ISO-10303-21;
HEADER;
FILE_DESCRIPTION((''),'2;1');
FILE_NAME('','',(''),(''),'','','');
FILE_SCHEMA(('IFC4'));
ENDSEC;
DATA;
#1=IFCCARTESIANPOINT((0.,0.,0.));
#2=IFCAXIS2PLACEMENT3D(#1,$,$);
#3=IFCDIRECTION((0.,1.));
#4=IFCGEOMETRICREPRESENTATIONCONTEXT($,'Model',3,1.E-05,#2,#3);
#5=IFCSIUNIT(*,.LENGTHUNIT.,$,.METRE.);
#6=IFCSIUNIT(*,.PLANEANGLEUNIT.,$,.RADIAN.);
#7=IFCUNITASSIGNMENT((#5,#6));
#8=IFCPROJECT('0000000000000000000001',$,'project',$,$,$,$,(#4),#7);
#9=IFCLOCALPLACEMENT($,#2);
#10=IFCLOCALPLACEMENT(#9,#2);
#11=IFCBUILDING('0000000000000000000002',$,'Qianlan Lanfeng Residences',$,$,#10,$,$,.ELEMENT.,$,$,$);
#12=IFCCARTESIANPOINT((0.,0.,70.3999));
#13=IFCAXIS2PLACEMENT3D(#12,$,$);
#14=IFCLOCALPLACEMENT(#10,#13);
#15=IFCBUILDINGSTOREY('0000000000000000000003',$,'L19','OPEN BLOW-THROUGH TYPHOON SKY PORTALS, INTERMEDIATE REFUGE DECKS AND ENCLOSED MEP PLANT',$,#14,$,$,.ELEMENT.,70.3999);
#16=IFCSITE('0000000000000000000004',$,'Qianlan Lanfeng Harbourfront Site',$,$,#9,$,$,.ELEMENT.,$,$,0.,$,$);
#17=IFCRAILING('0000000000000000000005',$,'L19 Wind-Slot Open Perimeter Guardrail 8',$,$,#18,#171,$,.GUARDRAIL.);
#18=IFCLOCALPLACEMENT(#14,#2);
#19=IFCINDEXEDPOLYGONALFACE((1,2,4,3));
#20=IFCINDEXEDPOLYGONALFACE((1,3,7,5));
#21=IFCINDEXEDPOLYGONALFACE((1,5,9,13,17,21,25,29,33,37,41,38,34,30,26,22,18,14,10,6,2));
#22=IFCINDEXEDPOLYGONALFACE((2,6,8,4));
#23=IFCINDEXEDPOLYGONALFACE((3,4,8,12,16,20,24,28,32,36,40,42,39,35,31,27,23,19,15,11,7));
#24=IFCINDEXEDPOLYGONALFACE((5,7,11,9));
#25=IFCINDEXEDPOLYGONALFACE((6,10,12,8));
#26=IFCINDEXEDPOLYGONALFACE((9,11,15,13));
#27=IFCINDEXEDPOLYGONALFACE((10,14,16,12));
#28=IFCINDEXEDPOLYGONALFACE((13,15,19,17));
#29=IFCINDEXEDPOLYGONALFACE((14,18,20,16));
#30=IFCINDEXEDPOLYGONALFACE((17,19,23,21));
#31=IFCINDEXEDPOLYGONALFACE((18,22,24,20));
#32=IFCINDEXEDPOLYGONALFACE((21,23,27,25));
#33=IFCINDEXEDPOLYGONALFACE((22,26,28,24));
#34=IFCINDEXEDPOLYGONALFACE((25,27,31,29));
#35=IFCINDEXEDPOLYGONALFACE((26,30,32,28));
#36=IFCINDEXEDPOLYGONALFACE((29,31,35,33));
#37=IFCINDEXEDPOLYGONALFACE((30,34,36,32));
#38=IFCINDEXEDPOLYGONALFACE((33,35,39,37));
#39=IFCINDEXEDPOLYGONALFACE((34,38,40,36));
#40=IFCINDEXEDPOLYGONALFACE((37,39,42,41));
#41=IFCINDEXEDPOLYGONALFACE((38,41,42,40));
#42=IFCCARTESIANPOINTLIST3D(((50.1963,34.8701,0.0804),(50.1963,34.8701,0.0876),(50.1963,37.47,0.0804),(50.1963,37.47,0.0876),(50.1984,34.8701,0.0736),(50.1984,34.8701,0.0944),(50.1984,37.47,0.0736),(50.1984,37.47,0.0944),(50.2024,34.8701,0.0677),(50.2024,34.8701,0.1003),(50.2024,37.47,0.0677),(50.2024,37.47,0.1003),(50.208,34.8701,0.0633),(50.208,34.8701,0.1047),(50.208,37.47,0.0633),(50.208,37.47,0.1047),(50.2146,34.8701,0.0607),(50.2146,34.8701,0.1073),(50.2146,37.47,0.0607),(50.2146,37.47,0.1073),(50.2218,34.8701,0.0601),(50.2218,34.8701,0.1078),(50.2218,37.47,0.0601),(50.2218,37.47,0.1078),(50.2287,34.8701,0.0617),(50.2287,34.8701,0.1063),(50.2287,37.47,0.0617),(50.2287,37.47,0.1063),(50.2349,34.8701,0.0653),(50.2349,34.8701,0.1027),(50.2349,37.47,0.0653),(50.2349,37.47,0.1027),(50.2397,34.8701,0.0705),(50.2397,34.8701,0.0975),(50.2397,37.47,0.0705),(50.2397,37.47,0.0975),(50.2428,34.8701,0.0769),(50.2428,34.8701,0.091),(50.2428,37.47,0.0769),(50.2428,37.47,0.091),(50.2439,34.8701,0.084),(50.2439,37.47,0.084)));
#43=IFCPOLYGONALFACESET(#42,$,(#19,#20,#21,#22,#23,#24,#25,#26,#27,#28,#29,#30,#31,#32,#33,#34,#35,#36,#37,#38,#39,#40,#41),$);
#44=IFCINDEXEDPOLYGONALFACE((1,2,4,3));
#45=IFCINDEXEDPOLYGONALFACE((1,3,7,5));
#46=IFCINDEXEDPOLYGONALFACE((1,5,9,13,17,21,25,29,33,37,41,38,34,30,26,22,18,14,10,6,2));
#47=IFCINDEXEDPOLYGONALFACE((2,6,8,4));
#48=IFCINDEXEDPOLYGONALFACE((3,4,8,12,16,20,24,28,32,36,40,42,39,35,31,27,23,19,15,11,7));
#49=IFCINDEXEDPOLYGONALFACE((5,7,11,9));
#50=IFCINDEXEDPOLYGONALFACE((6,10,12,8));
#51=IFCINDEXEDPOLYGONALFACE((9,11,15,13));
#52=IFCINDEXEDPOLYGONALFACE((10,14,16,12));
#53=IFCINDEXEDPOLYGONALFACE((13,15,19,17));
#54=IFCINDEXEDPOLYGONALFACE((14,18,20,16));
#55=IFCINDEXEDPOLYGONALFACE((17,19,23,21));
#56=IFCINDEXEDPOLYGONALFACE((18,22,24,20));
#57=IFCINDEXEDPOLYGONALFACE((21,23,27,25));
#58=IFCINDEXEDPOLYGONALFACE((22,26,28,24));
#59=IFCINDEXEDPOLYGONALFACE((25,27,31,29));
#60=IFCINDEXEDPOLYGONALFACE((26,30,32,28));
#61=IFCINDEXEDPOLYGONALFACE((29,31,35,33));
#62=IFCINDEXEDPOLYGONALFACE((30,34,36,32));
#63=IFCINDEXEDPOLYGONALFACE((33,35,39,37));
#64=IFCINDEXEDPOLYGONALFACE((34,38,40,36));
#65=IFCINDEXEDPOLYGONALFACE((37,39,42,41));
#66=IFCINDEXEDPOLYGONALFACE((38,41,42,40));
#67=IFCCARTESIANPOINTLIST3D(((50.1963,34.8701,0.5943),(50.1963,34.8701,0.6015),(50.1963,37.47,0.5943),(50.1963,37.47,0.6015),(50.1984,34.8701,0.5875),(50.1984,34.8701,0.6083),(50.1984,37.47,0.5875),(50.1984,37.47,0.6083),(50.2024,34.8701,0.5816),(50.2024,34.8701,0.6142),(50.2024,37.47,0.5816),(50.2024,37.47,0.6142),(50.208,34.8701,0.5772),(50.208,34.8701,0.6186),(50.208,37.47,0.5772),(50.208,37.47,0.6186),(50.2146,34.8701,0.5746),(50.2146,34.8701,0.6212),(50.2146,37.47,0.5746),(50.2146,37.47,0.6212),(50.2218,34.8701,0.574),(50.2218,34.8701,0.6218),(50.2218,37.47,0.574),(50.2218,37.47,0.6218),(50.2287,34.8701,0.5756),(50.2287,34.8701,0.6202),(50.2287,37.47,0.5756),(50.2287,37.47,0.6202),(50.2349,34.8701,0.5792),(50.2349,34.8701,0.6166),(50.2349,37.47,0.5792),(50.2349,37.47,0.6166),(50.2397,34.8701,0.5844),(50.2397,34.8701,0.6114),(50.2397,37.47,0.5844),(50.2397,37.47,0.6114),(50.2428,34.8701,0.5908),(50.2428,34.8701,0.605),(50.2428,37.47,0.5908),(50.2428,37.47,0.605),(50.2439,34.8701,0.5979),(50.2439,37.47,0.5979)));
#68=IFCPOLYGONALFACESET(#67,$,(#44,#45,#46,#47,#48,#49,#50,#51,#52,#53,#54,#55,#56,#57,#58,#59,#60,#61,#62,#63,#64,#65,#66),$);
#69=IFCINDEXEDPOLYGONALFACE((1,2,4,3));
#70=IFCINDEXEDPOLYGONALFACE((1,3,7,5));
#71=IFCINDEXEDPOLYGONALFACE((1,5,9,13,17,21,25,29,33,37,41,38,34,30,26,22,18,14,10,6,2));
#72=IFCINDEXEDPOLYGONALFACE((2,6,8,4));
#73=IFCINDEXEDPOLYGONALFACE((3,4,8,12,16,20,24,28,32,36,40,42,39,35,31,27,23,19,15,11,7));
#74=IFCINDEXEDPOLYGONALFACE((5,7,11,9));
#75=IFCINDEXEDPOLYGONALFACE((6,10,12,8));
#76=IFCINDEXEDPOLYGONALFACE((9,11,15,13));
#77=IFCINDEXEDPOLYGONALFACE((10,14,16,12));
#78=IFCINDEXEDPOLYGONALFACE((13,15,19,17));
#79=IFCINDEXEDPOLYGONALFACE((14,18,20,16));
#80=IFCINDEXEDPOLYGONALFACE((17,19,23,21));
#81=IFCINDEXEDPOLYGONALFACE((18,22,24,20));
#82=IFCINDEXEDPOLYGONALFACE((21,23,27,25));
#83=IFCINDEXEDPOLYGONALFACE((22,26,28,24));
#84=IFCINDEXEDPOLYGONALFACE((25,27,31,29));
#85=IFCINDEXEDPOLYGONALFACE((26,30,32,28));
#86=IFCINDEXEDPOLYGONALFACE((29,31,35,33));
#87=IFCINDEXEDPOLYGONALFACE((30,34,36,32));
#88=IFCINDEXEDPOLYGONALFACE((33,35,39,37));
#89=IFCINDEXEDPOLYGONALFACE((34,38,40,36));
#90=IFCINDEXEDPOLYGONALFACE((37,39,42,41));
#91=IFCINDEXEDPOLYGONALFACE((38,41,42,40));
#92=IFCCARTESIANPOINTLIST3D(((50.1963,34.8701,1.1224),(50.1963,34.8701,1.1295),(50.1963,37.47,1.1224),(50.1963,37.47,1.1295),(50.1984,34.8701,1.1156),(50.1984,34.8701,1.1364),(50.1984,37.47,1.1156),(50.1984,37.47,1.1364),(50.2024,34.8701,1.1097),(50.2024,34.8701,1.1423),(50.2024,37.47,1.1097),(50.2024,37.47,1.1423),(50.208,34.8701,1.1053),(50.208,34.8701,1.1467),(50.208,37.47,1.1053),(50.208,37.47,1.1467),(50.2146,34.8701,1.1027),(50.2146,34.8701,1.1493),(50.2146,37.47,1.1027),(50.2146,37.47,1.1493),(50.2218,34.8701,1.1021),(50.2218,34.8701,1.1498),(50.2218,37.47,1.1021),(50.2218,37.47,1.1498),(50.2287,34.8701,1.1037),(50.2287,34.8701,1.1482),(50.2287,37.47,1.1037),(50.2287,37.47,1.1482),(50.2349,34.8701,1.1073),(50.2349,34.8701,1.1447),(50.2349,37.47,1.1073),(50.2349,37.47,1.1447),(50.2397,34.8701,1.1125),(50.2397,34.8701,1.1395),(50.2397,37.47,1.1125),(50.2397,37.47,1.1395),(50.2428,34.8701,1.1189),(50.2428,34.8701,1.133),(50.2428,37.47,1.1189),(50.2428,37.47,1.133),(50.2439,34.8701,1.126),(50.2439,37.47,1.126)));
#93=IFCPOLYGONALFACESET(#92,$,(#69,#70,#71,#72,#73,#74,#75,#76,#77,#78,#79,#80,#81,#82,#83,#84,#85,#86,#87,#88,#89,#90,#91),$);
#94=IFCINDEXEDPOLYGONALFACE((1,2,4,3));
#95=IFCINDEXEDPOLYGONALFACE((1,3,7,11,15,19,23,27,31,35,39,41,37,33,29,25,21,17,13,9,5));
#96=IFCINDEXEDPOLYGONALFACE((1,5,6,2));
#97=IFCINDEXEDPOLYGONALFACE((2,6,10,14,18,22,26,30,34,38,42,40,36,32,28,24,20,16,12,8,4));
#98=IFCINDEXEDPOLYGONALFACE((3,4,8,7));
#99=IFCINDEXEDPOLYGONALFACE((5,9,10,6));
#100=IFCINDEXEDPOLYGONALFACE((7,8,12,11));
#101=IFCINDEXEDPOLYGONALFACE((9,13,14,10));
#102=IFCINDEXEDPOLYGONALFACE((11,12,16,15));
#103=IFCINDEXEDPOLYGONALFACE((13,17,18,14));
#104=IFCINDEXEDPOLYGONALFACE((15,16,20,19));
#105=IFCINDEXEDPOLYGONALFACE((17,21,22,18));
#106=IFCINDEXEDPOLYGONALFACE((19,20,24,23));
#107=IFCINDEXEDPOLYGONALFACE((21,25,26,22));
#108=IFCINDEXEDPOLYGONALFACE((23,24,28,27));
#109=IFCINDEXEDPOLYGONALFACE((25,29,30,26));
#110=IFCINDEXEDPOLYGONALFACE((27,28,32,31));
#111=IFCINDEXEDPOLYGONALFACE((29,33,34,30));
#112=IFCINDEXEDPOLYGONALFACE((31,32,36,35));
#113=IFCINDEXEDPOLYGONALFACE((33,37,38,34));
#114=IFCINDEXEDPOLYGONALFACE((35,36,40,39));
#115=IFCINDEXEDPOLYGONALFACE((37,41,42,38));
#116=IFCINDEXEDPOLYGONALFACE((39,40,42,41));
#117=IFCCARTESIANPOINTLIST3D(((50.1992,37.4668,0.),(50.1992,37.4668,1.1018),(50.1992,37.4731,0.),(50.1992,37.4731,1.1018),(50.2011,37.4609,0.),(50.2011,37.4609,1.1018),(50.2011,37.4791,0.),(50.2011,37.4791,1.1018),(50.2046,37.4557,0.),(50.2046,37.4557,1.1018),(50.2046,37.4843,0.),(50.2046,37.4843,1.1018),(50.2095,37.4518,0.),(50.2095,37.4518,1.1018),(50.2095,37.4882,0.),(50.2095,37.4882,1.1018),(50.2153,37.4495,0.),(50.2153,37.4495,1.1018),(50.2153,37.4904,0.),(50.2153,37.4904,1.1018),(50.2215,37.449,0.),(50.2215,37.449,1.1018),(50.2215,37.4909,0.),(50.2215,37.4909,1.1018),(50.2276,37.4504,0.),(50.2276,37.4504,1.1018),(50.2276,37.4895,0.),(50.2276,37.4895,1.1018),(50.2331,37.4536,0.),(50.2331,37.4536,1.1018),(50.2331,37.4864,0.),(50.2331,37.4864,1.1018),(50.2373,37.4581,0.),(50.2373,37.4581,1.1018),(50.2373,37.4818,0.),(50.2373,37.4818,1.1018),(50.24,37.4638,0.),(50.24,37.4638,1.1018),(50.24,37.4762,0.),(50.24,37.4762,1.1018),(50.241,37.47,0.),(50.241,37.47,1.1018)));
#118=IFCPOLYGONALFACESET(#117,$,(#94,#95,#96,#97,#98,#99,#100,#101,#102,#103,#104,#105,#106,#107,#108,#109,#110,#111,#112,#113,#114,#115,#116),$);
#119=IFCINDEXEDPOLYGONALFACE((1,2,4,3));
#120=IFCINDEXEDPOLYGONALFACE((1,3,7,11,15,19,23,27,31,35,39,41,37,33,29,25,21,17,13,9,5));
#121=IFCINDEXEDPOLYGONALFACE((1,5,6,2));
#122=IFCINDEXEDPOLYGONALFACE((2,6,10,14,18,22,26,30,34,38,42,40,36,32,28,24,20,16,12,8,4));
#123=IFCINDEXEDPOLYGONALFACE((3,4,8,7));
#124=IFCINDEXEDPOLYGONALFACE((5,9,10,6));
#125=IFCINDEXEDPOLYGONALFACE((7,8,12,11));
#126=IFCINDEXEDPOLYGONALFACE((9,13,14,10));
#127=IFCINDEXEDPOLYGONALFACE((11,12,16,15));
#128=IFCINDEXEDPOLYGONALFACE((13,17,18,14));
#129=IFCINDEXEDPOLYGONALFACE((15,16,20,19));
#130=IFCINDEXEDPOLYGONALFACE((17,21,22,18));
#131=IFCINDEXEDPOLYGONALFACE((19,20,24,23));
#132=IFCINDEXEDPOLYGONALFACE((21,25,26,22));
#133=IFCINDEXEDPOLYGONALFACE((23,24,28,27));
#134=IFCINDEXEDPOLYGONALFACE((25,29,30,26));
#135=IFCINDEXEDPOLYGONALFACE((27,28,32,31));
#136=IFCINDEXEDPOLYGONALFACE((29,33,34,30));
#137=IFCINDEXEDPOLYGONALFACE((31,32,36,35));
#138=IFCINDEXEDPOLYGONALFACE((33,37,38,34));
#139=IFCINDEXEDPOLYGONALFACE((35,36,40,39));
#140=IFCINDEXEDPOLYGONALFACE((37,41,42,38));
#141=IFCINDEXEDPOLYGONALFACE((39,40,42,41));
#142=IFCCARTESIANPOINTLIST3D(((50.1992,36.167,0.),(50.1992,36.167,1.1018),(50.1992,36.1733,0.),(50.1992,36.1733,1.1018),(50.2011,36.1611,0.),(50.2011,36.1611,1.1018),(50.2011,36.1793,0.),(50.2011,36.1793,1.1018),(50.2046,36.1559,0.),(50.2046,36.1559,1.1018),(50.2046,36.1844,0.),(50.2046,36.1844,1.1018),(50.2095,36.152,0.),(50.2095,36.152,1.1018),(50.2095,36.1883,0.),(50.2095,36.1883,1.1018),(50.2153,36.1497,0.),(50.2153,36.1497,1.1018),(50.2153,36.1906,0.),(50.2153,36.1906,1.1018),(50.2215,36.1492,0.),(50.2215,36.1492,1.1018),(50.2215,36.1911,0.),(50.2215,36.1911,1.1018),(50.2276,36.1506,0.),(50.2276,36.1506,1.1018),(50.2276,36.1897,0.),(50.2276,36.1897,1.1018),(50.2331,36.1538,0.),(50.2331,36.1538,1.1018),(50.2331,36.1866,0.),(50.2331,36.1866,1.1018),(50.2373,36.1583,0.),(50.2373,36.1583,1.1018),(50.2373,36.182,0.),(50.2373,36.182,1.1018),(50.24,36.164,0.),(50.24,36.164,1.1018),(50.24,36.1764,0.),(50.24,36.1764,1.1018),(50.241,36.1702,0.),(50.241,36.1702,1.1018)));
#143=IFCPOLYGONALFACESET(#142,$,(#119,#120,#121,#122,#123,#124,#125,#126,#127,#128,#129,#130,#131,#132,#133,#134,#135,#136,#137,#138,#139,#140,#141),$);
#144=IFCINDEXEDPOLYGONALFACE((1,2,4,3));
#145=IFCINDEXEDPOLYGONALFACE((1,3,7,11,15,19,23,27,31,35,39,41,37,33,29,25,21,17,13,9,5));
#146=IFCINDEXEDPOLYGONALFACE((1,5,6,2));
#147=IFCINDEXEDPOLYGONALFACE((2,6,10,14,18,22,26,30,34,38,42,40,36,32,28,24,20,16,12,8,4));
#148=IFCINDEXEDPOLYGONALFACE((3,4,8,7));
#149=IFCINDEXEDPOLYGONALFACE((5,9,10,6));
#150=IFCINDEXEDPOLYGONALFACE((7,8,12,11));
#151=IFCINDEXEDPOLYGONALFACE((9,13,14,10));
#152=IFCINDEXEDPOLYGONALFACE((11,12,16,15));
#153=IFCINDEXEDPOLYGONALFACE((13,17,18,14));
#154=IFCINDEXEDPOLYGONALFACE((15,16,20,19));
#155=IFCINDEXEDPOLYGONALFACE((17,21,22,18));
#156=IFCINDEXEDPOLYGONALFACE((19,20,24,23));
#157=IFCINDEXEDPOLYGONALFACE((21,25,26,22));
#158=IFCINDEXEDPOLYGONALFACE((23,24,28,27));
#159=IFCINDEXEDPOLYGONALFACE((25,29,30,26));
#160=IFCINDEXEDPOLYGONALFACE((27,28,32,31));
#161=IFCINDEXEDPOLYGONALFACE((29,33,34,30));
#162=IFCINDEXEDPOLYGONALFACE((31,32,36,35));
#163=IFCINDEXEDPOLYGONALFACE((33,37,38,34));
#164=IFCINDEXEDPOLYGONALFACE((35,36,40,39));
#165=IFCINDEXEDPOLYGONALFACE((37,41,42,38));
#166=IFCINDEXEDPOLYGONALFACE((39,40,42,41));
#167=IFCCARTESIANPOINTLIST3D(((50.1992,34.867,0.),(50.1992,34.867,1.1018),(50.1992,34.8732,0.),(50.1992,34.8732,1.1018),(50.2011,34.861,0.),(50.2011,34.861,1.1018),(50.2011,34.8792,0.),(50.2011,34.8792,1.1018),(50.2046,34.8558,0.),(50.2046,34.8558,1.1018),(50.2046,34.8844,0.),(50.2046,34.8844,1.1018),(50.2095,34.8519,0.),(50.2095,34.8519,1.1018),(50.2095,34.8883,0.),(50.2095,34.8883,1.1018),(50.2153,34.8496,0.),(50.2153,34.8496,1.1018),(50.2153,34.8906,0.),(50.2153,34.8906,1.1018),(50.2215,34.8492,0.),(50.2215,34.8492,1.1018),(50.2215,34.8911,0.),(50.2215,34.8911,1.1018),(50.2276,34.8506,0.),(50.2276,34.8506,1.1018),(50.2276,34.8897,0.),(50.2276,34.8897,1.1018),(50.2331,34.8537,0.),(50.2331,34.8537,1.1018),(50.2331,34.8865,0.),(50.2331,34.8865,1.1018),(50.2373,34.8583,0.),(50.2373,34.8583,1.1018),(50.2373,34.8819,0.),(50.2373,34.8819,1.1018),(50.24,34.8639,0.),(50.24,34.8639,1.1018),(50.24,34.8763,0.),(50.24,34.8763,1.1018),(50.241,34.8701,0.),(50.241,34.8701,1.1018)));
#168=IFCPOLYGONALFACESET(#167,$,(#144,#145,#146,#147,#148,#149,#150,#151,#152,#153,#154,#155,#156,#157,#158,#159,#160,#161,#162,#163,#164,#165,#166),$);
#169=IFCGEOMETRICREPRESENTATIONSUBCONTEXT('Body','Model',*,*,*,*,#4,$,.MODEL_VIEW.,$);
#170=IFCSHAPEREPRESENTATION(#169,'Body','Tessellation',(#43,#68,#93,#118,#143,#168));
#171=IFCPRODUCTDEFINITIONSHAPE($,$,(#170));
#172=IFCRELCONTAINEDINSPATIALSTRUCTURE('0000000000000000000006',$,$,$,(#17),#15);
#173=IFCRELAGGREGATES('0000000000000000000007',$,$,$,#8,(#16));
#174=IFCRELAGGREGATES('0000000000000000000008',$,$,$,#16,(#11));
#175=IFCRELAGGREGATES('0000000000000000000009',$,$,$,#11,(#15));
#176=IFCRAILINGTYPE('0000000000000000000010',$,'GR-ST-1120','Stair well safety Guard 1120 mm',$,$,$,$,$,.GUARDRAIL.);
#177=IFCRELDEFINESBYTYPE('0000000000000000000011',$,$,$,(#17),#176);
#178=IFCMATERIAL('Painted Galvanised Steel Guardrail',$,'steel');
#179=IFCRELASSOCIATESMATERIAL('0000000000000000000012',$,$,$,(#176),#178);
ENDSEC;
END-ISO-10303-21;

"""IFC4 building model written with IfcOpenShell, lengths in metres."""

from ifc_helpers import new_model, si_unit, direction, frame, origin, origin_2d, place, context, subcontext, project, spatial, circle, extrude, material, type_object, element, save


model = new_model("IFC4")

# Units and contexts
model_context = context("Model", 3, precision=1e-05, world=origin(), true_north=direction((0.0, 1.0)))
body_context = subcontext(model_context, "Body", "Model", "MODEL_VIEW")
ifc_project = project(units=[si_unit("LENGTHUNIT", "METRE"), si_unit("PLANEANGLEUNIT", "RADIAN")], contexts=[model_context])

# Site, building, storey
site_placement = place(None, origin())
site = spatial("IfcSite", under=ifc_project, at=site_placement, Name="Qianlan Lanfeng Harbourfront Site", CompositionType="ELEMENT", RefElevation=0.0)
building_placement = place(site_placement, origin())
building = spatial("IfcBuilding", under=site, at=building_placement, Name="Qianlan Lanfeng Residences", CompositionType="ELEMENT")
storey_placement = place(building_placement, frame((0.0, 0.0, 70.3999)))
storey = spatial("IfcBuildingStorey", under=building, at=storey_placement, Name="L19", Description="OPEN BLOW-THROUGH TYPHOON SKY PORTALS, INTERMEDIATE REFUGE DECKS AND ENCLOSED MEP PLANT", CompositionType="ELEMENT", Elevation=70.3999)

# Railing
ifc_material_1 = material(Name="Painted Galvanised Steel Guardrail", Category="steel")
railing_type_1 = type_object("IfcRailingType", Name="GR-ST-1120", Description="Stair well safety Guard 1120 mm", PredefinedType="GUARDRAIL", material=ifc_material_1)
railing_1_placement = place(storey_placement, frame((50.22, 37.47, 0.0)))
element("IfcRailing", 1, at=railing_1_placement, inside=storey, type_object=railing_type_1, Name="L19 Wind-Slot Open Perimeter Guardrail 8", PredefinedType="GUARDRAIL", context=body_context, shape_type="SweptSolid", body=[
    extrude(circle(Radius=0.0239, at=origin_2d()), frame((0.0, 0.0, 0.084), z_axis=(0.0, -1.0, 0.0), x_axis=(1.0, 0.0, 0.0)), (0.0, 0.0, 1.0), 2.5999),
    extrude(circle(Radius=0.0239, at=origin_2d()), frame((0.0, 0.0, 0.5979), z_axis=(0.0, -1.0, 0.0), x_axis=(1.0, 0.0, 0.0)), (0.0, 0.0, 1.0), 2.5999),
    extrude(circle(Radius=0.0239, at=origin_2d()), frame((0.0, 0.0, 1.126), z_axis=(0.0, -1.0, 0.0), x_axis=(1.0, 0.0, 0.0)), (0.0, 0.0, 1.0), 2.5999),
    extrude(circle(Radius=0.021, at=origin_2d()), origin(), (0.0, 0.0, 1.0), 1.1018),
    extrude(circle(Radius=0.021, at=origin_2d()), frame((0.0, -1.2998, 0.0)), (0.0, 0.0, 1.0), 1.1018),
    extrude(circle(Radius=0.021, at=origin_2d()), frame((0.0, -2.5999, 0.0)), (0.0, 0.0, 1.0), 1.1018),
])

save(model, "model.ifc")
